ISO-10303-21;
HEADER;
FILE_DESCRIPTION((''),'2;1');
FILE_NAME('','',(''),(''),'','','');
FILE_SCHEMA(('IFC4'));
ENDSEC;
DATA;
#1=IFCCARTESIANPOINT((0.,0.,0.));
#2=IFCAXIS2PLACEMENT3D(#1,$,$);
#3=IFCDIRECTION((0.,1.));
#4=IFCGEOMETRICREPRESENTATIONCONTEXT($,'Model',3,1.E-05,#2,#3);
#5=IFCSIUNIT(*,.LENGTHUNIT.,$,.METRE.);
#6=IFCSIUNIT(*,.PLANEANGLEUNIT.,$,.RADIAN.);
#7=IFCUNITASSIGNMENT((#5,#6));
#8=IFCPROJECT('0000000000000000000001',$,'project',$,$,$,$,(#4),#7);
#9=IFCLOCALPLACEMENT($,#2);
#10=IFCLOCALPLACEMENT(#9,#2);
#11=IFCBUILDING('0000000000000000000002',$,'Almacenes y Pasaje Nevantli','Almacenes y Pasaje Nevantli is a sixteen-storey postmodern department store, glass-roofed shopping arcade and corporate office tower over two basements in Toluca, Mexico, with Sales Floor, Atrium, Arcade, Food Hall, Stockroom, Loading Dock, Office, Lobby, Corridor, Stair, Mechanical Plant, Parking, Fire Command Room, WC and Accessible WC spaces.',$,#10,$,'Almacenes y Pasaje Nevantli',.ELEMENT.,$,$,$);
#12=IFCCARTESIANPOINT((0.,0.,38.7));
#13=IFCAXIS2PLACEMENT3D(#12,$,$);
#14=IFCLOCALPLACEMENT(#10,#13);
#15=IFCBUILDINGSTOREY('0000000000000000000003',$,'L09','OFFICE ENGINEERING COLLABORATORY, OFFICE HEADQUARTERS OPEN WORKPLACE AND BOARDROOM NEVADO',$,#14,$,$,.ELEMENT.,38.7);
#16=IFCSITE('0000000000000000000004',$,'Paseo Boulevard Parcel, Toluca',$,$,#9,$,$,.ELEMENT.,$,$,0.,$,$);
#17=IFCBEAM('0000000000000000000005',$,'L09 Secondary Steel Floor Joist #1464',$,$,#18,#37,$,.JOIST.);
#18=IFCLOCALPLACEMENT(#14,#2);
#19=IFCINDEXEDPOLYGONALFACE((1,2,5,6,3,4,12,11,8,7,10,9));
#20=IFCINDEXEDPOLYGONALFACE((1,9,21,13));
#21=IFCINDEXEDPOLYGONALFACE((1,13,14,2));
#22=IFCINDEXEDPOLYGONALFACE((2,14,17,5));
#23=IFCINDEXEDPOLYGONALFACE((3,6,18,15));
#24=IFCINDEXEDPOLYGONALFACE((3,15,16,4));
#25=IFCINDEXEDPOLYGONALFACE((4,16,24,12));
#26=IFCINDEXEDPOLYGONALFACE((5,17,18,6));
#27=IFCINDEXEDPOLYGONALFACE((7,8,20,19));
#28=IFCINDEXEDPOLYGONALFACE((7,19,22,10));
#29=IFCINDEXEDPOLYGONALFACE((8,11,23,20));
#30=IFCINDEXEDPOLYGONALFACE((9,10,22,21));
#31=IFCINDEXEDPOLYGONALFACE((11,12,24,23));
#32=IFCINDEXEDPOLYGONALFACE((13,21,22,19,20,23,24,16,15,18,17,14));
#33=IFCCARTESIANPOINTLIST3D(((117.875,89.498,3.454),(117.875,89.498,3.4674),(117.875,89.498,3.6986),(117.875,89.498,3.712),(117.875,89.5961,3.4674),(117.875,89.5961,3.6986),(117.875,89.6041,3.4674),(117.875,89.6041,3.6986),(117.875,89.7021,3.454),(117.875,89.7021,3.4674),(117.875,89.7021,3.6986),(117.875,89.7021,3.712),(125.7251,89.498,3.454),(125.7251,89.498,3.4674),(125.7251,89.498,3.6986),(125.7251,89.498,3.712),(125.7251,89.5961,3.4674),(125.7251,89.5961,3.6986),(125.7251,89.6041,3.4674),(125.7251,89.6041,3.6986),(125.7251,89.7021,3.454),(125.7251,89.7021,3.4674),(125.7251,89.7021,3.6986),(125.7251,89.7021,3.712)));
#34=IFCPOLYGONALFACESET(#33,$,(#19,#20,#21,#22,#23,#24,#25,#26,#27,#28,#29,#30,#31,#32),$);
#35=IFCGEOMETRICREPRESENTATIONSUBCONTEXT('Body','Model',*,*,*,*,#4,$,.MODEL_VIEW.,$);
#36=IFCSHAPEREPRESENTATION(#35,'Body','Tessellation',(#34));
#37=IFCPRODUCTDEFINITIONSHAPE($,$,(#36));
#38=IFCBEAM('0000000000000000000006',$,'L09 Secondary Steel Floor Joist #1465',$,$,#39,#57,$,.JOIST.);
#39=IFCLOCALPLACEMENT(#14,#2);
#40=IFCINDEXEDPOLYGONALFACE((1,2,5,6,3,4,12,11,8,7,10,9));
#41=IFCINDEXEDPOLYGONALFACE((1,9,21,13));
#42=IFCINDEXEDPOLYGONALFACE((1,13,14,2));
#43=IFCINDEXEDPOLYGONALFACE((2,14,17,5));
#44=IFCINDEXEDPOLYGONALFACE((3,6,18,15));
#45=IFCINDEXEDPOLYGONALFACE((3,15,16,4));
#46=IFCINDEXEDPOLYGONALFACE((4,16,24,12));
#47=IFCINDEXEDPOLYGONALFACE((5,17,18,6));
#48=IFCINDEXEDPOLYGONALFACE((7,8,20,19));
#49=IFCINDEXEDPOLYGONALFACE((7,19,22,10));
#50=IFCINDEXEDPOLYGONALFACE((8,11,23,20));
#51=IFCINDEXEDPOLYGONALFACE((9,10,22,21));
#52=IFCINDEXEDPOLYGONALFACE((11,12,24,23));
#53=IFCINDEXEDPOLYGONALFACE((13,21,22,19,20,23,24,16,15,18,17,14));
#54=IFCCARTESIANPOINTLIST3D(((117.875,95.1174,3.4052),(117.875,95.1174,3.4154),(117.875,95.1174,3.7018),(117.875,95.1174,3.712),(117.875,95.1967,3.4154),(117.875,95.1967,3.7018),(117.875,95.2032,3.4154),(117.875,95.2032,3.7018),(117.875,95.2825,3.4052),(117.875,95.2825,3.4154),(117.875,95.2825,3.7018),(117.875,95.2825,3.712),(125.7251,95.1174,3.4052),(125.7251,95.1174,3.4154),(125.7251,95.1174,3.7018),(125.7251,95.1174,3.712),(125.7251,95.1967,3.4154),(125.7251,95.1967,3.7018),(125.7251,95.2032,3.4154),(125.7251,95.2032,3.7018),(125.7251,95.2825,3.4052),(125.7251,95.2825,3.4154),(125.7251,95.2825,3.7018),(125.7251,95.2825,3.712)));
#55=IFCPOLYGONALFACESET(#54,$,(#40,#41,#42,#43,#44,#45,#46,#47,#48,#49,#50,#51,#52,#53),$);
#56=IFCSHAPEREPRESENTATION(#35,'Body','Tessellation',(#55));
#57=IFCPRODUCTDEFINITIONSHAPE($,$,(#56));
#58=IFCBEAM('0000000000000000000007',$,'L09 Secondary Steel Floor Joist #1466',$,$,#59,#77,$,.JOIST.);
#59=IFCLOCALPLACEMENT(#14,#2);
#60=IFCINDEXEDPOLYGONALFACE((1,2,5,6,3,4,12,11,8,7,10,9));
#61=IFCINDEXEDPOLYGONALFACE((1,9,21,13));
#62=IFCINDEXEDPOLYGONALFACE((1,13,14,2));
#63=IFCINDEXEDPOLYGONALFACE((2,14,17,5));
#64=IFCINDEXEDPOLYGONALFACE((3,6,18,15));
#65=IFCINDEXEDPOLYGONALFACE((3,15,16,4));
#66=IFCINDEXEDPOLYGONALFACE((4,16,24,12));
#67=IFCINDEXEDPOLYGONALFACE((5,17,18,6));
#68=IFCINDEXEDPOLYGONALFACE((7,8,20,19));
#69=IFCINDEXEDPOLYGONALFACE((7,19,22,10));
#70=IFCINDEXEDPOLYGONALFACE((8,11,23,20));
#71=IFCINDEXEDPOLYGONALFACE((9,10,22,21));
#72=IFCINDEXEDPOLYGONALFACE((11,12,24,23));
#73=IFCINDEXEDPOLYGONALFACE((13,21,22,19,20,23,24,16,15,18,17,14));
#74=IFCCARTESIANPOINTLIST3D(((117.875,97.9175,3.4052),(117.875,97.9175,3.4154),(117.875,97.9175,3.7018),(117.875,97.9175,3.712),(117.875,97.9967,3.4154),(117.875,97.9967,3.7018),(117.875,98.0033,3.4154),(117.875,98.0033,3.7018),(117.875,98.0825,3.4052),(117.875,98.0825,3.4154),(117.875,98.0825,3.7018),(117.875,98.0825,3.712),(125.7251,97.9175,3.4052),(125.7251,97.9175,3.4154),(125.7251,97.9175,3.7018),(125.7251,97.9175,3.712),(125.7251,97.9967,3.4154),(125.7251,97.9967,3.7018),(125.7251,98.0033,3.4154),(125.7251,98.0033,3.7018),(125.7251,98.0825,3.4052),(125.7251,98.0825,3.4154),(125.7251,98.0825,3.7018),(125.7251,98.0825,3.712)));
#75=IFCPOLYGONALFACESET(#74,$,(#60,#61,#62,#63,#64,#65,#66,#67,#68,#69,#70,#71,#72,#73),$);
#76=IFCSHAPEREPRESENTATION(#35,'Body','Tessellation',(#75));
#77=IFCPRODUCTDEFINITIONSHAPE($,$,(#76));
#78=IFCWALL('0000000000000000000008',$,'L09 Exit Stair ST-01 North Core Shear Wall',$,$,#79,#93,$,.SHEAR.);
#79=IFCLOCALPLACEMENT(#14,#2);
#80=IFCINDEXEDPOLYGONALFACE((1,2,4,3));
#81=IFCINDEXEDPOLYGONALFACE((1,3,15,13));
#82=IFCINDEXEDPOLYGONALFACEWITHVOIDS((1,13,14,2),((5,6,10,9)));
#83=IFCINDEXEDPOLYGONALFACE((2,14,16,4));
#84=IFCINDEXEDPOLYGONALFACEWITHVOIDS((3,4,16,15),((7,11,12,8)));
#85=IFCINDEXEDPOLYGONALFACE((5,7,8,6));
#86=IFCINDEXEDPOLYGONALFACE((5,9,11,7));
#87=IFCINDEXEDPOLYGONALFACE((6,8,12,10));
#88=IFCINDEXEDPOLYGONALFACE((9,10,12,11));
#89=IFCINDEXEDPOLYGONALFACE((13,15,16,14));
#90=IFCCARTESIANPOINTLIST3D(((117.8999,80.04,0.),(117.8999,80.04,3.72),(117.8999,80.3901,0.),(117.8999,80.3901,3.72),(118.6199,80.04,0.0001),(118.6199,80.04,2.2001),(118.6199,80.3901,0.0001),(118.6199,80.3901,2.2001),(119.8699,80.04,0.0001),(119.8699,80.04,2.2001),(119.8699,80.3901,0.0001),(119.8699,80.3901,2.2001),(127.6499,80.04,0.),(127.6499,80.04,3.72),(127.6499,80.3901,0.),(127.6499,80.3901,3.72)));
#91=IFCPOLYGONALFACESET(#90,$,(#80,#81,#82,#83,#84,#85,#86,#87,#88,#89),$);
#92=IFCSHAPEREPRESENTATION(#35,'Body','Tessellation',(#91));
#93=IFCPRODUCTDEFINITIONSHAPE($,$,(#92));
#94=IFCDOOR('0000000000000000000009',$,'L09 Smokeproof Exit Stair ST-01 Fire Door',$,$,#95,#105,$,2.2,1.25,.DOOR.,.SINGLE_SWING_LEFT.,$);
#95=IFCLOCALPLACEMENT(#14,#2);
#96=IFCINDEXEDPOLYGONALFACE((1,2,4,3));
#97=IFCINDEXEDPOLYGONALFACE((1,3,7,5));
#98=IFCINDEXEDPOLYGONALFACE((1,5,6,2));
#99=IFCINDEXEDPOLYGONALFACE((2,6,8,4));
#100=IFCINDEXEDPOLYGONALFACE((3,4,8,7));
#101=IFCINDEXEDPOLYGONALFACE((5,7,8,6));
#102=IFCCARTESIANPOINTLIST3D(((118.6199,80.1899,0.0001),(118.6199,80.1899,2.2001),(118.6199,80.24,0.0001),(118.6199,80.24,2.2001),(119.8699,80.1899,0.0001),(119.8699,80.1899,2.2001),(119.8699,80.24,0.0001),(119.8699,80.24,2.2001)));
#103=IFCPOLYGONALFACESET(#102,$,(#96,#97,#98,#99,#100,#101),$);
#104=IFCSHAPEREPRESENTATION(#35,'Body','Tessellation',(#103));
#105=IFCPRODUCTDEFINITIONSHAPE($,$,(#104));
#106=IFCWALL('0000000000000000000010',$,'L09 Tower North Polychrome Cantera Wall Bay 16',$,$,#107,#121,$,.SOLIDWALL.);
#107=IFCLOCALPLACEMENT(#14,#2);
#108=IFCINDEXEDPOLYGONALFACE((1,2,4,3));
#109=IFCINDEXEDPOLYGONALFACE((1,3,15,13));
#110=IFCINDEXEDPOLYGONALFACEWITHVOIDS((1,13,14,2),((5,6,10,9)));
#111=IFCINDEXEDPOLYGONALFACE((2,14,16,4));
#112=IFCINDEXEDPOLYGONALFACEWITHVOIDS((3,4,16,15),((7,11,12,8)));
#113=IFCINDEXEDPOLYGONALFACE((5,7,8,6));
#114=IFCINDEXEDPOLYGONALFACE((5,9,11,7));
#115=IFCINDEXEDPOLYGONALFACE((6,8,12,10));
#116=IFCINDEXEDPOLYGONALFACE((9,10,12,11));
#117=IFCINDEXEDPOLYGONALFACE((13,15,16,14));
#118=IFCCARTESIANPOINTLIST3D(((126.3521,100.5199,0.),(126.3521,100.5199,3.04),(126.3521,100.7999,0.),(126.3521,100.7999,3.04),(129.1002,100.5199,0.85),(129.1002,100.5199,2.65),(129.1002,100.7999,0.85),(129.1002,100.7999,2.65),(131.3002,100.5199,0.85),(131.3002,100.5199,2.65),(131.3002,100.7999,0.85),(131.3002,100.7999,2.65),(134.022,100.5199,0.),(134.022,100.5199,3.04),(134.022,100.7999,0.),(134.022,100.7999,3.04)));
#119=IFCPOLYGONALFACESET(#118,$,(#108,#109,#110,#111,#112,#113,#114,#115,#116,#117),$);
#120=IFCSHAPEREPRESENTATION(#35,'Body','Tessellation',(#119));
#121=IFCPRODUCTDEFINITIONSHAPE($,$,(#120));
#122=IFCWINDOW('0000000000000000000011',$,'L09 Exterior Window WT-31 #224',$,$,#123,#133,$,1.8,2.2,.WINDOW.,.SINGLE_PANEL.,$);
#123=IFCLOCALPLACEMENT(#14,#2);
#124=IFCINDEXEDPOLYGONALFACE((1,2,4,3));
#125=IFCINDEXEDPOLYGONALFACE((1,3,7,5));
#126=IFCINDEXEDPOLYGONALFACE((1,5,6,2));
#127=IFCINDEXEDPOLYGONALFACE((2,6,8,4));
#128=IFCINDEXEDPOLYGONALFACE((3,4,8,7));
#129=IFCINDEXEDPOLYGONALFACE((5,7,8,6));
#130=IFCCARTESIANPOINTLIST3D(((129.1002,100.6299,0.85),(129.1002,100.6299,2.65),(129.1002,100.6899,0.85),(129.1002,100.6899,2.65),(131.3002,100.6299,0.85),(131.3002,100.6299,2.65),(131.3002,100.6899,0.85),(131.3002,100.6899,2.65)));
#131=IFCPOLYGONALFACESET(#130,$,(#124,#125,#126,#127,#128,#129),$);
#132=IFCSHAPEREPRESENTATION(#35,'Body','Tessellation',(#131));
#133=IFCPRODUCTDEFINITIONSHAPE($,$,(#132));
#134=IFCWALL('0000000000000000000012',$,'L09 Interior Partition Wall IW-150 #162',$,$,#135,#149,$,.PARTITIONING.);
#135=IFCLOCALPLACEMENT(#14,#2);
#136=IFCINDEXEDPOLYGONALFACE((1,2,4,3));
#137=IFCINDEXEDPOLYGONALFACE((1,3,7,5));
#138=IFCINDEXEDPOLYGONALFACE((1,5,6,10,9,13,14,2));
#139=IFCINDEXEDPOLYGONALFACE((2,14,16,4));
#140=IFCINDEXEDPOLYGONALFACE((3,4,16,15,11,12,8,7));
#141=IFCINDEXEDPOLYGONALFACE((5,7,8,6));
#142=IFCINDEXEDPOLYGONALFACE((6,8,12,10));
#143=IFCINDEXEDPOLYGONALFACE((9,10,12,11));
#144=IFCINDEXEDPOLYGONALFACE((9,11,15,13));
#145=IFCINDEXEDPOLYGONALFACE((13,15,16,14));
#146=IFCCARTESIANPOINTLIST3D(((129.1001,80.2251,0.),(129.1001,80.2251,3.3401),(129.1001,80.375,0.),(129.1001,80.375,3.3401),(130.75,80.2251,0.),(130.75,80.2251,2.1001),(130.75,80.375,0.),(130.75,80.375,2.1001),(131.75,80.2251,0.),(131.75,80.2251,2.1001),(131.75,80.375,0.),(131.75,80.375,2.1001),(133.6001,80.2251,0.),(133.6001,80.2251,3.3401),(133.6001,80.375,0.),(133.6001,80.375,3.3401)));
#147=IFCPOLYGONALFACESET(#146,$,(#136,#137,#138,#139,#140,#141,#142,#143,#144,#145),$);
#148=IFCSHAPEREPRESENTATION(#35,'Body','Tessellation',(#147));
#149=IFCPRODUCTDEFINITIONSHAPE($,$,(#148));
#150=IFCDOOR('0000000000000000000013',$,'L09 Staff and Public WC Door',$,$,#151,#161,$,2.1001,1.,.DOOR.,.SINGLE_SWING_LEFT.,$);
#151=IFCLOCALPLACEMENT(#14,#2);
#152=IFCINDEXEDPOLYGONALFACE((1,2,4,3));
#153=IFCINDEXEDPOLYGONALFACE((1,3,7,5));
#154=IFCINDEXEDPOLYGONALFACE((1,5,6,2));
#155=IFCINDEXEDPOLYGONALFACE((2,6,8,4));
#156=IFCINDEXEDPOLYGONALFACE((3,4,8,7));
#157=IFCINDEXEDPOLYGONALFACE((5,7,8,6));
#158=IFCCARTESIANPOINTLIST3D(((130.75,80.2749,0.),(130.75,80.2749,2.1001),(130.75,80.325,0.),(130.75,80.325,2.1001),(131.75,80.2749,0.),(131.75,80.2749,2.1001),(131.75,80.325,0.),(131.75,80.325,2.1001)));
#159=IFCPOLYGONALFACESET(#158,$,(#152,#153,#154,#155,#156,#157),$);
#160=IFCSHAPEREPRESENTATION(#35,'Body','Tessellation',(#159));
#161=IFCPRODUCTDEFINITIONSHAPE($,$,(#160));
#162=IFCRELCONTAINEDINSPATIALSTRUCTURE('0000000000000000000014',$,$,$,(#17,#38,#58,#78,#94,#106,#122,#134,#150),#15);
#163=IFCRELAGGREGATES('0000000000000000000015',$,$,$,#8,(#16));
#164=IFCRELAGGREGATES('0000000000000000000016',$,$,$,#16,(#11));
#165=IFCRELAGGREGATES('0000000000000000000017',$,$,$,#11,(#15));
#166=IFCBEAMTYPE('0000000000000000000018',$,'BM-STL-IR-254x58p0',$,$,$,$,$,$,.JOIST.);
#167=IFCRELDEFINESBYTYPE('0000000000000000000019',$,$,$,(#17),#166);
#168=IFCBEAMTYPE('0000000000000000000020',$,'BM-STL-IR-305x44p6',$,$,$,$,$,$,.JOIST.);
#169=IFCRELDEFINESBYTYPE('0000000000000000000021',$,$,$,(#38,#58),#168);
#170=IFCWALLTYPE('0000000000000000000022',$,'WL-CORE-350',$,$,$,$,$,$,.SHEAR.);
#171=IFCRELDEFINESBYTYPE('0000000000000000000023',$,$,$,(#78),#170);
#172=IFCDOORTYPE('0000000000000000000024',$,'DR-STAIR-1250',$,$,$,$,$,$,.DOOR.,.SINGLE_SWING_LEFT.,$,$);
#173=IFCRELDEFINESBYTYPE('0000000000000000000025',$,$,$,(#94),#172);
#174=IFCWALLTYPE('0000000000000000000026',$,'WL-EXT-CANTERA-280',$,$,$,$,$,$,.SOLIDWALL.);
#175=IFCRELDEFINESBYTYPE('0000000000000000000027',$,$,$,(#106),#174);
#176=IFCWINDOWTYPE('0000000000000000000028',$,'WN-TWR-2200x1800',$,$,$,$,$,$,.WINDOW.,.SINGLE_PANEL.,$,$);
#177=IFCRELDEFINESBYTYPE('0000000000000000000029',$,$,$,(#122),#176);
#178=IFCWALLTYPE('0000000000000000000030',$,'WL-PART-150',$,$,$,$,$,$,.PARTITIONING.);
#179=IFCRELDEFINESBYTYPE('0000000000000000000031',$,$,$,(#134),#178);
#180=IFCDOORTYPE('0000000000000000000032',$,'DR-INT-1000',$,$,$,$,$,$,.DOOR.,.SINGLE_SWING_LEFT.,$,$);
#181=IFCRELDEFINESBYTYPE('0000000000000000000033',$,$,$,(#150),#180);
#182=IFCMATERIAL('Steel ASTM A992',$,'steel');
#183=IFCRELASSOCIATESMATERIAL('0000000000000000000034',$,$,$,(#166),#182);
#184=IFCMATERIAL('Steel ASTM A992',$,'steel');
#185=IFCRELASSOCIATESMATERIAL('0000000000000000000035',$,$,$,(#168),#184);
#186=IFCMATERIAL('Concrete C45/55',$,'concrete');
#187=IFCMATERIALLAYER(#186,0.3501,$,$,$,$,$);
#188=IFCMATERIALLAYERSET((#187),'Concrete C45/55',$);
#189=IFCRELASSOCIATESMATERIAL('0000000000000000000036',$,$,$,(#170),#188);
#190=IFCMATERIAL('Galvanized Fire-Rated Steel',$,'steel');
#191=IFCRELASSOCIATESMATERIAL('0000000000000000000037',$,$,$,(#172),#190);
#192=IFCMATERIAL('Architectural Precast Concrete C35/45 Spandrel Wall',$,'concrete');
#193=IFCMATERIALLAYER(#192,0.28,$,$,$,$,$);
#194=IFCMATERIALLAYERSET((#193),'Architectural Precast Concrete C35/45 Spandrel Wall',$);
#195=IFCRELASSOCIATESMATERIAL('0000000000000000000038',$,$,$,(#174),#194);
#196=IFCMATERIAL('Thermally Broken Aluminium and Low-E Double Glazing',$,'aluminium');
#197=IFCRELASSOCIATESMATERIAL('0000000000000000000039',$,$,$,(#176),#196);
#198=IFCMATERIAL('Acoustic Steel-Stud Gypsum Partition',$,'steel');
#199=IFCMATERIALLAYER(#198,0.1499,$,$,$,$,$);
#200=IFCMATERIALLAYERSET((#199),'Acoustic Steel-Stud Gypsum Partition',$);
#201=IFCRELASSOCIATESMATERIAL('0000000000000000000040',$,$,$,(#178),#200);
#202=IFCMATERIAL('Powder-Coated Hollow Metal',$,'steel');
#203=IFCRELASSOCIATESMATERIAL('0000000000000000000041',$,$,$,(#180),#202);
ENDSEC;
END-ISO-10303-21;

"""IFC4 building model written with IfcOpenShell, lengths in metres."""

from ifc_helpers import new_model, si_unit, direction, frame, frame_2d, origin, origin_2d, place, context, subcontext, project, spatial, rectangle, i_section, extrude, material, layer, layer_set, material_profile, profile_set, type_object, element, fill, save


model = new_model("IFC4")

# Units and contexts
model_context = context("Model", 3, precision=1e-05, world=origin(), true_north=direction((0.0, 1.0)))
body_context = subcontext(model_context, "Body", "Model", "MODEL_VIEW")
ifc_project = project(units=[si_unit("LENGTHUNIT", "METRE"), si_unit("PLANEANGLEUNIT", "RADIAN")], contexts=[model_context])

# Site, building, storey
site_placement = place(None, origin())
site = spatial("IfcSite", under=ifc_project, at=site_placement, Name="Paseo Boulevard Parcel, Toluca", CompositionType="ELEMENT", RefElevation=0.0)
building_placement = place(site_placement, origin())
building = spatial("IfcBuilding", under=site, at=building_placement, Name="Almacenes y Pasaje Nevantli", Description="Almacenes y Pasaje Nevantli is a sixteen-storey postmodern department store, glass-roofed shopping arcade and corporate office tower over two basements in Toluca, Mexico, with Sales Floor, Atrium, Arcade, Food Hall, Stockroom, Loading Dock, Office, Lobby, Corridor, Stair, Mechanical Plant, Parking, Fire Command Room, WC and Accessible WC spaces.", LongName="Almacenes y Pasaje Nevantli", CompositionType="ELEMENT")
storey_placement = place(building_placement, frame((0.0, 0.0, 38.7)))
storey = spatial("IfcBuildingStorey", under=building, at=storey_placement, Name="L09", Description="OFFICE ENGINEERING COLLABORATORY, OFFICE HEADQUARTERS OPEN WORKPLACE AND BOARDROOM NEVADO", CompositionType="ELEMENT", Elevation=38.7)

# Beams
ifc_material_1 = material(Name="Steel ASTM A992", Category="steel")
ifc_material_profile_1 = material_profile(ifc_material_1, i_section(OverallWidth=0.2041, OverallDepth=0.2581, WebThickness=0.0081, FlangeThickness=0.0134, at=origin_2d()), Name="IR 254x58.0")
ifc_profile_set_1 = profile_set([ifc_material_profile_1], Name="Steel ASTM A992")
beam_type_1 = type_object("IfcBeamType", Name="BM-STL-IR-254x58p0", PredefinedType="JOIST", material=ifc_profile_set_1)
for number, where, z_axis, x_axis, name in (
    (1, (117.875, 89.6001, 3.583), (1.0, 0.0, 0.0), (0.0, 1.0, 0.0), "L09 Secondary Steel Floor Joist #1464"),
):
    element("IfcBeam", number, at=place(storey_placement, frame(where, z_axis=z_axis, x_axis=x_axis)), inside=storey, type_object=beam_type_1, Name=name, PredefinedType="JOIST", context=body_context, shape_type="SweptSolid", body=[
        extrude(i_section(OverallWidth=0.2041, OverallDepth=0.2581, WebThickness=0.0081, FlangeThickness=0.0134, at=origin_2d()), origin(), (0.0, 0.0, 1.0), 7.8501),
    ])
ifc_material_2 = material(Name="Steel ASTM A992", Category="steel")
ifc_material_profile_2 = material_profile(ifc_material_2, i_section(OverallWidth=0.165, OverallDepth=0.3069, WebThickness=0.0066, FlangeThickness=0.0103, at=origin_2d()), Name="IR 305x44.6")
ifc_profile_set_2 = profile_set([ifc_material_profile_2], Name="Steel ASTM A992")
beam_type_2 = type_object("IfcBeamType", Name="BM-STL-IR-305x44p6", PredefinedType="JOIST", material=ifc_profile_set_2)
for number, where, z_axis, x_axis, name in (
    (2, (117.875, 95.2, 3.5586), (1.0, 0.0, 0.0), (0.0, 1.0, 0.0), "L09 Secondary Steel Floor Joist #1465"),
    (3, (117.875, 98.0, 3.5586), (1.0, 0.0, 0.0), (0.0, 1.0, 0.0), "L09 Secondary Steel Floor Joist #1466"),
):
    element("IfcBeam", number, at=place(storey_placement, frame(where, z_axis=z_axis, x_axis=x_axis)), inside=storey, type_object=beam_type_2, Name=name, PredefinedType="JOIST", context=body_context, shape_type="SweptSolid", body=[
        extrude(i_section(OverallWidth=0.165, OverallDepth=0.3069, WebThickness=0.0066, FlangeThickness=0.0103, at=origin_2d()), origin(), (0.0, 0.0, 1.0), 7.8501),
    ])

# Wall, opening, door
ifc_material_3 = material(Name="Concrete C45/55", Category="concrete")
ifc_layer_1 = layer(ifc_material_3, 0.3501)
ifc_layer_set_1 = layer_set([ifc_layer_1], Name="Concrete C45/55")
wall_type_1 = type_object("IfcWallType", Name="WL-CORE-350", PredefinedType="SHEAR", material=ifc_layer_set_1)
wall_1_placement = place(storey_placement, frame((117.8999, 80.2151, 0.0), z_axis=(0.0, 0.0, 1.0), x_axis=(1.0, 0.0, 0.0)))
wall_1 = element("IfcWall", 4, at=wall_1_placement, inside=storey, type_object=wall_type_1, Name="L09 Exit Stair ST-01 North Core Shear Wall", PredefinedType="SHEAR", context=body_context, shape_type="SweptSolid", body=[
    extrude(rectangle(XDim=9.75, YDim=0.3501, at=frame_2d((4.875, 0.0))), origin(), (0.0, 0.0, 1.0), 3.72),
])
opening_1_placement = place(wall_1_placement, frame((0.72, 0.0, 0.0)))
opening_1 = element("IfcOpeningElement", 5, at=opening_1_placement, cuts=wall_1, PredefinedType="OPENING", context=body_context, shape_type="SweptSolid", body=[
    extrude(rectangle(XDim=1.25, YDim=2.2, at=frame_2d((0.625, 1.1001))), frame((0.0, 0.1851, 0.0), z_axis=(0.0, -1.0, 0.0), x_axis=(1.0, 0.0, 0.0)), (0.0, 0.0, 1.0), 0.3701),
])
ifc_material_4 = material(Name="Galvanized Fire-Rated Steel", Category="steel")
door_type_1 = type_object("IfcDoorType", Name="DR-STAIR-1250", OperationType="SINGLE_SWING_LEFT", PredefinedType="DOOR", material=ifc_material_4)
door_1_placement = place(opening_1_placement, origin())
door_1 = element("IfcDoor", 6, at=door_1_placement, inside=storey, type_object=door_type_1, Name="L09 Smokeproof Exit Stair ST-01 Fire Door", OperationType="SINGLE_SWING_LEFT", OverallHeight=2.2, OverallWidth=1.25, PredefinedType="DOOR", context=body_context, shape_type="SweptSolid", body=[
    extrude(rectangle(XDim=1.25, YDim=2.2, at=frame_2d((0.625, 1.1001))), frame((0.0, 0.0249, 0.0), z_axis=(0.0, -1.0, 0.0), x_axis=(1.0, 0.0, 0.0)), (0.0, 0.0, 1.0), 0.05),
])
fill(opening_1, door_1)

# Wall, opening, window
ifc_material_5 = material(Name="Architectural Precast Concrete C35/45 Spandrel Wall", Category="concrete")
ifc_layer_2 = layer(ifc_material_5, 0.28)
ifc_layer_set_2 = layer_set([ifc_layer_2], Name="Architectural Precast Concrete C35/45 Spandrel Wall")
wall_type_2 = type_object("IfcWallType", Name="WL-EXT-CANTERA-280", PredefinedType="SOLIDWALL", material=ifc_layer_set_2)
wall_2_placement = place(storey_placement, frame((126.3521, 100.6599, 0.0), z_axis=(0.0, 0.0, 1.0), x_axis=(1.0, 0.0, 0.0)))
wall_2 = element("IfcWall", 7, at=wall_2_placement, inside=storey, type_object=wall_type_2, Name="L09 Tower North Polychrome Cantera Wall Bay 16", PredefinedType="SOLIDWALL", context=body_context, shape_type="SweptSolid", body=[
    extrude(rectangle(XDim=7.6699, YDim=0.28, at=frame_2d((3.835, 0.0))), origin(), (0.0, 0.0, 1.0), 3.04),
])
opening_2_placement = place(wall_2_placement, frame((2.748, 0.0, 0.8501)))
opening_2 = element("IfcOpeningElement", 8, at=opening_2_placement, cuts=wall_2, PredefinedType="OPENING", context=body_context, shape_type="SweptSolid", body=[
    extrude(rectangle(XDim=2.2, YDim=1.8, at=frame_2d((1.1001, 0.8999))), frame((0.0, 0.1499, 0.0), z_axis=(0.0, -1.0, 0.0), x_axis=(1.0, 0.0, 0.0)), (0.0, 0.0, 1.0), 0.3),
])
ifc_material_6 = material(Name="Thermally Broken Aluminium and Low-E Double Glazing", Category="aluminium")
window_type = type_object("IfcWindowType", Name="WN-TWR-2200x1800", PartitioningType="SINGLE_PANEL", PredefinedType="WINDOW", material=ifc_material_6)
window_placement = place(opening_2_placement, origin())
window = element("IfcWindow", 9, at=window_placement, inside=storey, type_object=window_type, Name="L09 Exterior Window WT-31 #224", OverallHeight=1.8, OverallWidth=2.2, PartitioningType="SINGLE_PANEL", PredefinedType="WINDOW", context=body_context, shape_type="SweptSolid", body=[
    extrude(rectangle(XDim=2.2, YDim=1.8, at=frame_2d((1.1001, 0.8999))), frame((0.0, 0.03, 0.0), z_axis=(0.0, -1.0, 0.0), x_axis=(1.0, 0.0, 0.0)), (0.0, 0.0, 1.0), 0.0601),
])
fill(opening_2, window)

# Wall, opening, door
ifc_material_7 = material(Name="Acoustic Steel-Stud Gypsum Partition", Category="steel")
ifc_layer_3 = layer(ifc_material_7, 0.1499)
ifc_layer_set_3 = layer_set([ifc_layer_3], Name="Acoustic Steel-Stud Gypsum Partition")
wall_type_3 = type_object("IfcWallType", Name="WL-PART-150", PredefinedType="PARTITIONING", material=ifc_layer_set_3)
wall_3_placement = place(storey_placement, frame((129.1001, 80.3, 0.0), z_axis=(0.0, 0.0, 1.0), x_axis=(1.0, 0.0, 0.0)))
wall_3 = element("IfcWall", 10, at=wall_3_placement, inside=storey, type_object=wall_type_3, Name="L09 Interior Partition Wall IW-150 #162", PredefinedType="PARTITIONING", context=body_context, shape_type="SweptSolid", body=[
    extrude(rectangle(XDim=4.5, YDim=0.1499, at=frame_2d((2.25, 0.0))), origin(), (0.0, 0.0, 1.0), 3.3401),
])
opening_3_placement = place(wall_3_placement, frame((1.6499, 0.0, 0.0)))
opening_3 = element("IfcOpeningElement", 11, at=opening_3_placement, cuts=wall_3, PredefinedType="OPENING", context=body_context, shape_type="SweptSolid", body=[
    extrude(rectangle(XDim=1.0, YDim=2.1001, at=frame_2d((0.5, 1.05))), frame((0.0, 0.085, 0.0), z_axis=(0.0, -1.0, 0.0), x_axis=(1.0, 0.0, 0.0)), (0.0, 0.0, 1.0), 0.1699),
])
ifc_material_8 = material(Name="Powder-Coated Hollow Metal", Category="steel")
door_type_2 = type_object("IfcDoorType", Name="DR-INT-1000", OperationType="SINGLE_SWING_LEFT", PredefinedType="DOOR", material=ifc_material_8)
door_2_placement = place(opening_3_placement, origin())
door_2 = element("IfcDoor", 12, at=door_2_placement, inside=storey, type_object=door_type_2, Name="L09 Staff and Public WC Door", OperationType="SINGLE_SWING_LEFT", OverallHeight=2.1001, OverallWidth=1.0, PredefinedType="DOOR", context=body_context, shape_type="SweptSolid", body=[
    extrude(rectangle(XDim=1.0, YDim=2.1001, at=frame_2d((0.5, 1.05))), frame((0.0, 0.0249, 0.0), z_axis=(0.0, -1.0, 0.0), x_axis=(1.0, 0.0, 0.0)), (0.0, 0.0, 1.0), 0.05),
])
fill(opening_3, door_2)

save(model, "model.ifc")
